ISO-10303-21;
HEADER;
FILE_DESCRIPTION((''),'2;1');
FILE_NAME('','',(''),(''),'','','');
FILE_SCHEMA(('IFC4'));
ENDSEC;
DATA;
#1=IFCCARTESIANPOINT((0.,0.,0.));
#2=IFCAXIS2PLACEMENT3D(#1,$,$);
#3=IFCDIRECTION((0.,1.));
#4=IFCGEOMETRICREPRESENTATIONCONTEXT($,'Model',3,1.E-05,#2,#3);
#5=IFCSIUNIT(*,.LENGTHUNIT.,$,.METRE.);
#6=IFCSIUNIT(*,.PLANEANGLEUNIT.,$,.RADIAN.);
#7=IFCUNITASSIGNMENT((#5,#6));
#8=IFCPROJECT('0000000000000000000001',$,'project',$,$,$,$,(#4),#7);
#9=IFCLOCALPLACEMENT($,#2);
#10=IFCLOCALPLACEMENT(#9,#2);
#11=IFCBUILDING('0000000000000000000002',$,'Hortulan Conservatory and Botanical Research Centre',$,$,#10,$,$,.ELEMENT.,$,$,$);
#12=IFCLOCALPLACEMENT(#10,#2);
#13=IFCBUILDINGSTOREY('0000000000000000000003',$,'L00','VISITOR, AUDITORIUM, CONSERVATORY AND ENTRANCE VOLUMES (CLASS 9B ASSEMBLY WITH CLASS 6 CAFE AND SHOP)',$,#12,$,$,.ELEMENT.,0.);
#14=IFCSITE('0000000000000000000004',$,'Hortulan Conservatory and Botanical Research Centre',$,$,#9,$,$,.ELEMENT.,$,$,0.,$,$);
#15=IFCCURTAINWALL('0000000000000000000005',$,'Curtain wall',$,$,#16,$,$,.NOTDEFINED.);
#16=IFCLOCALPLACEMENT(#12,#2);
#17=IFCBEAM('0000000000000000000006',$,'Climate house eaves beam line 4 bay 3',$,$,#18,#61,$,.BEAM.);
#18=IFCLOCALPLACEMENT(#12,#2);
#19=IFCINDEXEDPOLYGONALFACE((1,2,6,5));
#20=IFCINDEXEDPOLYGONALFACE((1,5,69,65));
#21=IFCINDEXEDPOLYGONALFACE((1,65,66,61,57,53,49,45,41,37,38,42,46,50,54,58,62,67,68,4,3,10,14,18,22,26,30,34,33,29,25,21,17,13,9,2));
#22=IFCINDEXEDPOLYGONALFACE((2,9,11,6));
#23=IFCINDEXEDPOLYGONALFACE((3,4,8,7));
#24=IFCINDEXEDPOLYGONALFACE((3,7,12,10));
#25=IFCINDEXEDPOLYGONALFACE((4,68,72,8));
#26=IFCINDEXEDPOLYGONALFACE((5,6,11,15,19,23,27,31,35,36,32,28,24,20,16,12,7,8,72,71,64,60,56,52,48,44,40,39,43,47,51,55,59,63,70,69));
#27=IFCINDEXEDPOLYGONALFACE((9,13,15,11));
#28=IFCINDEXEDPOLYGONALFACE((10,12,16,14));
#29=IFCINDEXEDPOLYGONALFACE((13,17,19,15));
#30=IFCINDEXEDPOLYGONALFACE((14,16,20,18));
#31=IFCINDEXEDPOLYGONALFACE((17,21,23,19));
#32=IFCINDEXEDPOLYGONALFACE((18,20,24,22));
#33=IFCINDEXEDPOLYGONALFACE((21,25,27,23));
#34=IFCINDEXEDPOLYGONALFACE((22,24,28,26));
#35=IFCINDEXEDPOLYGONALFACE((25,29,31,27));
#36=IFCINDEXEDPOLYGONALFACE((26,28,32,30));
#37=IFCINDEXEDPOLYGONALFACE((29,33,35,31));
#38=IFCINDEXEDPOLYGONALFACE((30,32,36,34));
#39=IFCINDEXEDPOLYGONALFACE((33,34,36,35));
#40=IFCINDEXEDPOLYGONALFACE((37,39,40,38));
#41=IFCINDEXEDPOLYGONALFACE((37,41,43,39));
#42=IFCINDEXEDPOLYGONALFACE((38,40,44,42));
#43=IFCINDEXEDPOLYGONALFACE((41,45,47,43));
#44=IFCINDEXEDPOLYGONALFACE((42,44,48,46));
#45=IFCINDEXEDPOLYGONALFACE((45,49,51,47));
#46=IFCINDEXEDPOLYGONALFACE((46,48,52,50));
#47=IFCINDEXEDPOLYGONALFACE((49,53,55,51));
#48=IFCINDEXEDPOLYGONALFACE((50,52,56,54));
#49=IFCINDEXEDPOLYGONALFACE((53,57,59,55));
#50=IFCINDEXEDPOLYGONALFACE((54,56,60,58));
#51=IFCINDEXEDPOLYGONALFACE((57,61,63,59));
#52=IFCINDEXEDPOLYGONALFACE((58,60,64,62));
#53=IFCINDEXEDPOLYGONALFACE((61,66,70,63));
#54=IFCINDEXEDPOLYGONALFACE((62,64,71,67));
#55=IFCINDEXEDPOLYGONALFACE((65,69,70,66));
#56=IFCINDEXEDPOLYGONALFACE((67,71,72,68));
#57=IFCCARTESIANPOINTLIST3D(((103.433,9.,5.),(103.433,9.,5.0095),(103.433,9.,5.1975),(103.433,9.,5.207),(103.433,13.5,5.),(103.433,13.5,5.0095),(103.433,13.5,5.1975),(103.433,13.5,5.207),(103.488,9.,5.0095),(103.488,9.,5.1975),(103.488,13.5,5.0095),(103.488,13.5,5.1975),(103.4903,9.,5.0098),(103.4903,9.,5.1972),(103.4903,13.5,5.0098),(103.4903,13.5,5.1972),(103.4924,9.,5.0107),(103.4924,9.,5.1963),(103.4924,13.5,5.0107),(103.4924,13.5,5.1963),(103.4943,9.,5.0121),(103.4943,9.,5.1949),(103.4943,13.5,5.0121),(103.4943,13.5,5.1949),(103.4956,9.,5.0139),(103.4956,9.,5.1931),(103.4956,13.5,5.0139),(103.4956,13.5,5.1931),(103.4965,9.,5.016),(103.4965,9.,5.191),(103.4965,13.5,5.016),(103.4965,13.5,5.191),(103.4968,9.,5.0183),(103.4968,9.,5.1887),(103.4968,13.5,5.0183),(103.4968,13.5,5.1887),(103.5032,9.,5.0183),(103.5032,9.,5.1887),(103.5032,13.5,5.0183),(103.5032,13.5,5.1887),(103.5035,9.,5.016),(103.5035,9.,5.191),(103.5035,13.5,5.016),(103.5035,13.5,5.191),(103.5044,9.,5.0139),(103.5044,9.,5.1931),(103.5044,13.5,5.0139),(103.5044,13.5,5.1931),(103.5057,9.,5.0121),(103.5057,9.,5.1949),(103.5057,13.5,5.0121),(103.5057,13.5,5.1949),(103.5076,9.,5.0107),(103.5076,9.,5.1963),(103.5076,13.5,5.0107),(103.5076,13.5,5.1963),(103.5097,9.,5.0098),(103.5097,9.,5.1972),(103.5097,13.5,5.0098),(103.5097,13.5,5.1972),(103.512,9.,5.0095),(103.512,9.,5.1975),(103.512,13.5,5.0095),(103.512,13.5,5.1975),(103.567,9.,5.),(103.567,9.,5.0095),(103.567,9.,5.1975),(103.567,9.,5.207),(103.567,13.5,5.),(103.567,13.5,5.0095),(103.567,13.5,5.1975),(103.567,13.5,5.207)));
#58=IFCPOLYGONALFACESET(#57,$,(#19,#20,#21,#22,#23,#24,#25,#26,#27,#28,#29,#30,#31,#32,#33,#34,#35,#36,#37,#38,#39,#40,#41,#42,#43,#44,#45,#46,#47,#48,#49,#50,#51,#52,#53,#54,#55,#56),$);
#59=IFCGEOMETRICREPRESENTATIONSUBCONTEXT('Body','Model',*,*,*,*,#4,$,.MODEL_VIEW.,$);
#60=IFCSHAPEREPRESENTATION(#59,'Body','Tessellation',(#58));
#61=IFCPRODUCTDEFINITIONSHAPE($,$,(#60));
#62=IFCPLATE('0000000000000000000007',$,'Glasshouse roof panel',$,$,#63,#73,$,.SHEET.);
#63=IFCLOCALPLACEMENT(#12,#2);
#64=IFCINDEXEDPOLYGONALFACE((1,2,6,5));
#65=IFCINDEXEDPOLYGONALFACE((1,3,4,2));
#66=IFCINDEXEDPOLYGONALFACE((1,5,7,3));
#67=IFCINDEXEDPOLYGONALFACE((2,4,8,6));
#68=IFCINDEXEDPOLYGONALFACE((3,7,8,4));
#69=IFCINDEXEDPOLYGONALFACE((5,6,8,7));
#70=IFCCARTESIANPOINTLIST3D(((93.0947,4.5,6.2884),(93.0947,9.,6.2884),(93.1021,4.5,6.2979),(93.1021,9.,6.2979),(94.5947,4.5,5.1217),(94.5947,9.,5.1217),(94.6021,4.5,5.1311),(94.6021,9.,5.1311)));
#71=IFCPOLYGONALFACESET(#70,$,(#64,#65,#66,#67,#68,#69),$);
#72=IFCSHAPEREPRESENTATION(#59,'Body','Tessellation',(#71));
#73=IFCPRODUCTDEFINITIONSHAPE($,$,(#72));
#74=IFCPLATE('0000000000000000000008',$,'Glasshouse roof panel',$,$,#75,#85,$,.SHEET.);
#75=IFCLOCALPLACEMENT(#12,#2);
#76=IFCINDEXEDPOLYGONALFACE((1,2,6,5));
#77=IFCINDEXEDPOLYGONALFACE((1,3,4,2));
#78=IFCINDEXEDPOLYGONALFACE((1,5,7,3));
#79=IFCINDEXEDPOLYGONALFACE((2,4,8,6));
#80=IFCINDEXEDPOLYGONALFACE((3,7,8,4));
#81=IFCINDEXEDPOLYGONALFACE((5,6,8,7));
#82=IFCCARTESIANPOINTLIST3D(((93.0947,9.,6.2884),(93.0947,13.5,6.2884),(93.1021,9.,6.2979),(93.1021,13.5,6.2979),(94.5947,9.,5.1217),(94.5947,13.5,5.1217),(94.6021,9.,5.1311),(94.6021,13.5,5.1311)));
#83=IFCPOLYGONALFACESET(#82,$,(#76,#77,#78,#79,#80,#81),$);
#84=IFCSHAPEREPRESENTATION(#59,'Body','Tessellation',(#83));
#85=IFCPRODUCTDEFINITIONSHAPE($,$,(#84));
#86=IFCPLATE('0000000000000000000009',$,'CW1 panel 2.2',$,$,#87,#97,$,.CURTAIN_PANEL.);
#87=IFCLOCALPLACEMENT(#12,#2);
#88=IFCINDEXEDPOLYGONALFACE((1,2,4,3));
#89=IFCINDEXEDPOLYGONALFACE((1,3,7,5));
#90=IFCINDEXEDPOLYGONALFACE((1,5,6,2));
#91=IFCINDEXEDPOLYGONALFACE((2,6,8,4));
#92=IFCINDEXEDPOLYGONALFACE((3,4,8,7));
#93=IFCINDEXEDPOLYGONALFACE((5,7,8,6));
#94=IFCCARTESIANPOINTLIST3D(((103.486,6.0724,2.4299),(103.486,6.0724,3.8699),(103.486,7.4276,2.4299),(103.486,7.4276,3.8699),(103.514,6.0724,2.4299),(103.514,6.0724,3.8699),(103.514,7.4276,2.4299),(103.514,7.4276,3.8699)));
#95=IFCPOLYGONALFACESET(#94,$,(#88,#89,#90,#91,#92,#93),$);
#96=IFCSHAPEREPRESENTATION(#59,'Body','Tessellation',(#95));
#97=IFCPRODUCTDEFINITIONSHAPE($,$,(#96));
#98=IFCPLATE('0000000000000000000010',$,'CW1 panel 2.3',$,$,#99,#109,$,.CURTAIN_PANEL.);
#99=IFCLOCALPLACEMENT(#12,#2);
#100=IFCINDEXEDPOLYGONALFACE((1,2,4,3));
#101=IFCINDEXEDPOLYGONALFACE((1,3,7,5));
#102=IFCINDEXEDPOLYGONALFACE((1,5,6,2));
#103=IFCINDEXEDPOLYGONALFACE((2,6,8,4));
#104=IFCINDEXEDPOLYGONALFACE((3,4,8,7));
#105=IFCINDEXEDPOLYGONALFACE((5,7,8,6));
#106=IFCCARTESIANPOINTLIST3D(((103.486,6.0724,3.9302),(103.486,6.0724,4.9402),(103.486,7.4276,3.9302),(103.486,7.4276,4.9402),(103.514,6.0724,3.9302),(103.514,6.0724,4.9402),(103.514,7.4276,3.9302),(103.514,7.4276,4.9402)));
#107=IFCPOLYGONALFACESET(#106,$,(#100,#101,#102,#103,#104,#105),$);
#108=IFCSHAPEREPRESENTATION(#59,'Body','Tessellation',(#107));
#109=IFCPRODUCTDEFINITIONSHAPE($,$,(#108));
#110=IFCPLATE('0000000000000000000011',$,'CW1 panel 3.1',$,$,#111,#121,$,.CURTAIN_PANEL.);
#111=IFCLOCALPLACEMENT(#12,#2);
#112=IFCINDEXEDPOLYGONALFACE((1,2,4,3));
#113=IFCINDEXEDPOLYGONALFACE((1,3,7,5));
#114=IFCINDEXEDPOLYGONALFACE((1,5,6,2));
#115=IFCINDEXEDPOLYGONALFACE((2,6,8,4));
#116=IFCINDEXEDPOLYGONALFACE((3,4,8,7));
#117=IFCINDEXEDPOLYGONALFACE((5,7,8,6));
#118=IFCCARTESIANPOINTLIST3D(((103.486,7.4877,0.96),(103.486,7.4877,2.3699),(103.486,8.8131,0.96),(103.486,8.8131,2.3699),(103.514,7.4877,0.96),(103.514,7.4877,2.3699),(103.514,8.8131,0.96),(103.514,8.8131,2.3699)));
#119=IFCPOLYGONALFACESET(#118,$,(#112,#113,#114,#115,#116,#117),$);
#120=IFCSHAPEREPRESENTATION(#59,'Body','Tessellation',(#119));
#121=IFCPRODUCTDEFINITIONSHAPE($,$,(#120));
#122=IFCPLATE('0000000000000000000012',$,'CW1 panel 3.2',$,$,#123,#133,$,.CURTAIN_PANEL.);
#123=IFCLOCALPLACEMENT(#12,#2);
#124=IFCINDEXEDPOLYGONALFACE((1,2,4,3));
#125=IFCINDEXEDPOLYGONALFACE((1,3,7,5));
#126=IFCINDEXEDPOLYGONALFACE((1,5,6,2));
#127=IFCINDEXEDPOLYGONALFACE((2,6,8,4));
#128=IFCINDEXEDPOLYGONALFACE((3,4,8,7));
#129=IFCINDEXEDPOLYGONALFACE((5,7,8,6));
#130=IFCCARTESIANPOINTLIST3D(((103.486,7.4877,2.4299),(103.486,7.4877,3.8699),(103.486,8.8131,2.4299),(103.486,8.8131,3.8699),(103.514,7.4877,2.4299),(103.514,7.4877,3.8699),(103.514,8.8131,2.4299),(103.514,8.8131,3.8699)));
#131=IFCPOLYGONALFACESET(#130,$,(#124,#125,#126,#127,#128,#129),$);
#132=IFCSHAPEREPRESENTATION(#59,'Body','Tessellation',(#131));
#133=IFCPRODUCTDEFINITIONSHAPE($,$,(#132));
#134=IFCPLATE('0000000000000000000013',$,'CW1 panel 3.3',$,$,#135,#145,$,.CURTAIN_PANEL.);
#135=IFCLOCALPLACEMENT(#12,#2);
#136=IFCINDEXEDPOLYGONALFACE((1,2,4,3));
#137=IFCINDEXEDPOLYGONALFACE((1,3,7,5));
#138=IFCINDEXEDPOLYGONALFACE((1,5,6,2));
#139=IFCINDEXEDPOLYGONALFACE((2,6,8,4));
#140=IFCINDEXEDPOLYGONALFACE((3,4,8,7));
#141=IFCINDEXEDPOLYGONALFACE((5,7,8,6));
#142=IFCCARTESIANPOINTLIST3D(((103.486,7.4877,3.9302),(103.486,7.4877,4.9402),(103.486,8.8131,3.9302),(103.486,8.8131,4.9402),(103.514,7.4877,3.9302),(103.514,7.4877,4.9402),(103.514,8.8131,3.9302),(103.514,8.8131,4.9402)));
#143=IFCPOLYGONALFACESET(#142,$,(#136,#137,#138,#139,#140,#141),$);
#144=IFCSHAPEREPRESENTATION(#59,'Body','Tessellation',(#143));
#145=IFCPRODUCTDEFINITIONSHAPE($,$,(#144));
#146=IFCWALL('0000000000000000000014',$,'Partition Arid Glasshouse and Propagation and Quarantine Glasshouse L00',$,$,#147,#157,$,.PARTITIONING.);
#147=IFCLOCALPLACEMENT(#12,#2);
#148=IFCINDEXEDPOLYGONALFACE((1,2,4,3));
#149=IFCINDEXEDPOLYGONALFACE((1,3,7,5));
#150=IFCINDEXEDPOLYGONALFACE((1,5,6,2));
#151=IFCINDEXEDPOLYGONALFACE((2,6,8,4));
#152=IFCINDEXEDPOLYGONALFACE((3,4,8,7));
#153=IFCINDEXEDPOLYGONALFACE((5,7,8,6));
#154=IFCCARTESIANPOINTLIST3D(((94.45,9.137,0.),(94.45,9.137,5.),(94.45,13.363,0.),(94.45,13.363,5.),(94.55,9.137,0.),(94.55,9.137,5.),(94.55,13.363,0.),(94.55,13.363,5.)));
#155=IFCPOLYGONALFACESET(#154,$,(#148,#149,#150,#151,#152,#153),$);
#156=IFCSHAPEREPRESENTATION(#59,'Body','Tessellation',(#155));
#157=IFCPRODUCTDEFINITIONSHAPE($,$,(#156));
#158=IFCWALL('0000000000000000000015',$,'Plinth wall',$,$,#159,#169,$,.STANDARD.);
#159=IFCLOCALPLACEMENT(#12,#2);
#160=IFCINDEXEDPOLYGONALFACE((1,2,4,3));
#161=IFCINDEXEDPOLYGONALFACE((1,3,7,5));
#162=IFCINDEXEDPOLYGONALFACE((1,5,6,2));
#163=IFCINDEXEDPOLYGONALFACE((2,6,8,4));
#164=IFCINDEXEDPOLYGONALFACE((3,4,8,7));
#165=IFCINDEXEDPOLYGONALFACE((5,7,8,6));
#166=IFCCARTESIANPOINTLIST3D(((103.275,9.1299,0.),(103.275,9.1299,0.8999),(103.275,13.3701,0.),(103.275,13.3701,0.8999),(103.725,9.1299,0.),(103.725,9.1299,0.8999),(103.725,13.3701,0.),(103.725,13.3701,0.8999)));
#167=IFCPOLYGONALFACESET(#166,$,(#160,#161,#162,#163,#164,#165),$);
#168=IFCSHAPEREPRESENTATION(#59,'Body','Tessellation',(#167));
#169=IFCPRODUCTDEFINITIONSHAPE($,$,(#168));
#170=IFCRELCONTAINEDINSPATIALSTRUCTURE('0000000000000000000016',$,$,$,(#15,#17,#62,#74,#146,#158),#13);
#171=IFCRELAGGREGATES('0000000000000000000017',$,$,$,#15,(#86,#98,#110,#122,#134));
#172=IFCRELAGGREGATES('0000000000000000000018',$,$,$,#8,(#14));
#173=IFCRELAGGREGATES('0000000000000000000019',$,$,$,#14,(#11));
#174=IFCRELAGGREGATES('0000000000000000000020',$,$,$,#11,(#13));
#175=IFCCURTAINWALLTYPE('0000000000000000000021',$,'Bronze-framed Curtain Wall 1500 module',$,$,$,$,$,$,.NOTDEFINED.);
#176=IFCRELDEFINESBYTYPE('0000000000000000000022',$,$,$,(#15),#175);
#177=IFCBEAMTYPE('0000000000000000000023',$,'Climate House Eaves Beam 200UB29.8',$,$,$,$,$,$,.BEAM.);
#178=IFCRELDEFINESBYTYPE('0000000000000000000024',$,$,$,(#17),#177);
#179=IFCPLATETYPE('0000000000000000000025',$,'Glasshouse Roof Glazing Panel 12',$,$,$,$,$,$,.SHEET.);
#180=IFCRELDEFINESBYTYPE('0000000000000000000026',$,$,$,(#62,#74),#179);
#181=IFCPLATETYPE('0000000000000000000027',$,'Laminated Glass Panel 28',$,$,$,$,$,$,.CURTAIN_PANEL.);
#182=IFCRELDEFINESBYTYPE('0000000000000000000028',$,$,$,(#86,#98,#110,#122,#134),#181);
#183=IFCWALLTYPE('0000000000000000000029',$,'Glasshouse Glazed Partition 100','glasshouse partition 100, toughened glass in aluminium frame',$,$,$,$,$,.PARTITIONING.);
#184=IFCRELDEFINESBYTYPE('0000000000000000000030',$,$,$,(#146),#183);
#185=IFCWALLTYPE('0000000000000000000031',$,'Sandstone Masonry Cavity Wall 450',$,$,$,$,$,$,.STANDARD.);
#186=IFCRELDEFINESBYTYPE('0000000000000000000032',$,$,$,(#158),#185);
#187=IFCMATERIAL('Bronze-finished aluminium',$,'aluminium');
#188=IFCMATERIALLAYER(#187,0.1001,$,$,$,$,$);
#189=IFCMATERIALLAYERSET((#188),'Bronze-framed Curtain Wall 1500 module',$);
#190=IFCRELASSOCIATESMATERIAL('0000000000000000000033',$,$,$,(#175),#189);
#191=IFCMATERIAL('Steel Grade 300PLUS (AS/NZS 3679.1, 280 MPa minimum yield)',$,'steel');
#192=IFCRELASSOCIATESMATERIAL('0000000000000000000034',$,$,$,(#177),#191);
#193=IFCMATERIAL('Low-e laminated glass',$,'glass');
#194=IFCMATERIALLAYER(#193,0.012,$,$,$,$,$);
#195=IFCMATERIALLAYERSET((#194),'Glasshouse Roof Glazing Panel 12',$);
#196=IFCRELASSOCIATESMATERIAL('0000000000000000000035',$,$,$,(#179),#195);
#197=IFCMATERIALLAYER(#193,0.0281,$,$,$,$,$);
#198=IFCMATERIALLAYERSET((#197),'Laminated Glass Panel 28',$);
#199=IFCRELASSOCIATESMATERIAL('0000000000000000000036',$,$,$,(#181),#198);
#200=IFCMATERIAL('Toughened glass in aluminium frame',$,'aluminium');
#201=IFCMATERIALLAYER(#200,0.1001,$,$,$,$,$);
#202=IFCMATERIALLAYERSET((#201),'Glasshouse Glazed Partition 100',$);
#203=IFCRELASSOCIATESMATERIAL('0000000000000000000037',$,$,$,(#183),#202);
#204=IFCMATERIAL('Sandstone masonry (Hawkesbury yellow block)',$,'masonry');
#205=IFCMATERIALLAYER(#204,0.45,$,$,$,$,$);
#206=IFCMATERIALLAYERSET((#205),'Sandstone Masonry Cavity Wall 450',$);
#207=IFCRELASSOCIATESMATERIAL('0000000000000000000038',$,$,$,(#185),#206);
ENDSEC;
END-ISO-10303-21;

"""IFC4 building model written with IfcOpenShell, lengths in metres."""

from ifc_helpers import new_model, si_unit, direction, frame, frame_2d, origin, origin_2d, place, context, subcontext, project, spatial, polyline, rectangle, i_section, outline, extrude, material, layer, layer_set, material_profile, profile_set, type_object, element, aggregate, save


model = new_model("IFC4")

# Units and contexts
model_context = context("Model", 3, precision=1e-05, world=origin(), true_north=direction((0.0, 1.0)))
body_context = subcontext(model_context, "Body", "Model", "MODEL_VIEW")
ifc_project = project(units=[si_unit("LENGTHUNIT", "METRE"), si_unit("PLANEANGLEUNIT", "RADIAN")], contexts=[model_context])

# Site, building, storey
site_placement = place(None, origin())
site = spatial("IfcSite", under=ifc_project, at=site_placement, Name="Hortulan Conservatory and Botanical Research Centre", CompositionType="ELEMENT", RefElevation=0.0)
building_placement = place(site_placement, origin())
building = spatial("IfcBuilding", under=site, at=building_placement, Name="Hortulan Conservatory and Botanical Research Centre", CompositionType="ELEMENT")
storey_placement = place(building_placement, origin())
storey = spatial("IfcBuildingStorey", under=building, at=storey_placement, Name="L00", Description="VISITOR, AUDITORIUM, CONSERVATORY AND ENTRANCE VOLUMES (CLASS 9B ASSEMBLY WITH CLASS 6 CAFE AND SHOP)", CompositionType="ELEMENT", Elevation=0.0)

# Shared definitions
ifc_material_1 = material(Name="Steel Grade 300PLUS (AS/NZS 3679.1, 280 MPa minimum yield)", Category="steel")

# Curtain wall
ifc_material_2 = material(Name="Bronze-finished aluminium", Category="aluminium")
ifc_layer_1 = layer(ifc_material_2, 0.1001)
ifc_layer_set_1 = layer_set([ifc_layer_1], Name="Bronze-framed Curtain Wall 1500 module")
curtain_wall_type = type_object("IfcCurtainWallType", Name="Bronze-framed Curtain Wall 1500 module", PredefinedType="NOTDEFINED", material=ifc_layer_set_1)
curtain_wall_1_placement = place(storey_placement, origin())
curtain_wall_1 = element("IfcCurtainWall", 1, at=curtain_wall_1_placement, inside=storey, type_object=curtain_wall_type, Name="Curtain wall", PredefinedType="NOTDEFINED")

# Beam
ifc_material_profile_1 = material_profile(ifc_material_1, i_section(OverallWidth=0.134, OverallDepth=0.207, WebThickness=0.0063, FlangeThickness=0.0095, FilletRadius=0.0088, at=origin_2d()), Name="200UB29.8")
ifc_profile_set_1 = profile_set([ifc_material_profile_1], Name="Steel Grade 300PLUS (AS/NZS 3679.1, 280 MPa minimum yield)")
beam_type = type_object("IfcBeamType", Name="Climate House Eaves Beam 200UB29.8", PredefinedType="BEAM", material=ifc_profile_set_1)
for number, where, z_axis, x_axis, name in (
    (2, (103.5, 9.0, 5.1035), (0.0, 1.0, 0.0), (-1.0, 0.0, 0.0), "Climate house eaves beam line 4 bay 3"),
):
    element("IfcBeam", number, at=place(storey_placement, frame(where, z_axis=z_axis, x_axis=x_axis)), inside=storey, type_object=beam_type, Name=name, PredefinedType="BEAM", context=body_context, shape_type="SweptSolid", body=[
        extrude(i_section(OverallWidth=0.134, OverallDepth=0.207, WebThickness=0.0063, FlangeThickness=0.0095, FilletRadius=0.0088, at=origin_2d()), origin(), (0.0, 0.0, 1.0), 4.5),
    ])

# Plates
ifc_material_3 = material(Name="Low-e laminated glass", Category="glass")
ifc_layer_2 = layer(ifc_material_3, 0.012)
ifc_layer_set_2 = layer_set([ifc_layer_2], Name="Glasshouse Roof Glazing Panel 12")
plate_type_1 = type_object("IfcPlateType", Name="Glasshouse Roof Glazing Panel 12", PredefinedType="SHEET", material=ifc_layer_set_2)
for number, where, z_axis, x_axis, name in (
    (3, (94.6021, 9.0, 5.1311), (0.613967, 0.0, 0.789331), (-0.789331, 0.0, 0.613967), "Glasshouse roof panel"),
    (4, (94.6021, 13.5, 5.1311), (0.613967, 0.0, 0.789331), (-0.789331, 0.0, 0.613967), "Glasshouse roof panel"),
):
    element("IfcPlate", number, at=place(storey_placement, frame(where, z_axis=z_axis, x_axis=x_axis)), inside=storey, type_object=plate_type_1, Name=name, PredefinedType="SHEET", context=body_context, shape_type="SweptSolid", body=[
        extrude(outline(polyline([(0.0, 0.0), (1.9003, 0.0), (1.9003, 4.5), (0.0, 4.5), (0.0, 0.0)])), origin(), (0.0, 0.0, -1.0), 0.012),
    ])

# Plates
ifc_layer_3 = layer(ifc_material_3, 0.0281)
ifc_layer_set_3 = layer_set([ifc_layer_3], Name="Laminated Glass Panel 28")
plate_type_2 = type_object("IfcPlateType", Name="Laminated Glass Panel 28", PredefinedType="CURTAIN_PANEL", material=ifc_layer_set_3)
plate_1_placement = place(storey_placement, frame((103.5, 6.75, 2.4299), z_axis=(0.0, 0.0, 1.0), x_axis=(0.0, 1.0, 0.0)))
plate_1 = element("IfcPlate", 5, at=plate_1_placement, type_object=plate_type_2, Name="CW1 panel 2.2", PredefinedType="CURTAIN_PANEL", context=body_context, shape_type="SweptSolid", body=[
    extrude(rectangle(XDim=1.3552, YDim=0.0281, at=origin_2d()), origin(), (0.0, 0.0, 1.0), 1.4399),
])
plate_2_placement = place(storey_placement, frame((103.5, 6.75, 3.9302), z_axis=(0.0, 0.0, 1.0), x_axis=(0.0, 1.0, 0.0)))
plate_2 = element("IfcPlate", 6, at=plate_2_placement, type_object=plate_type_2, Name="CW1 panel 2.3", PredefinedType="CURTAIN_PANEL", context=body_context, shape_type="SweptSolid", body=[
    extrude(rectangle(XDim=1.3552, YDim=0.0281, at=origin_2d()), origin(), (0.0, 0.0, 1.0), 1.01),
])
plate_3_placement = place(storey_placement, frame((103.5, 8.1504, 0.96), z_axis=(0.0, 0.0, 1.0), x_axis=(0.0, 1.0, 0.0)))
plate_3 = element("IfcPlate", 7, at=plate_3_placement, type_object=plate_type_2, Name="CW1 panel 3.1", PredefinedType="CURTAIN_PANEL", context=body_context, shape_type="SweptSolid", body=[
    extrude(rectangle(XDim=1.3254, YDim=0.0281, at=origin_2d()), origin(), (0.0, 0.0, 1.0), 1.4099),
])
plate_4_placement = place(storey_placement, frame((103.5, 8.1504, 2.4299), z_axis=(0.0, 0.0, 1.0), x_axis=(0.0, 1.0, 0.0)))
plate_4 = element("IfcPlate", 8, at=plate_4_placement, type_object=plate_type_2, Name="CW1 panel 3.2", PredefinedType="CURTAIN_PANEL", context=body_context, shape_type="SweptSolid", body=[
    extrude(rectangle(XDim=1.3254, YDim=0.0281, at=origin_2d()), origin(), (0.0, 0.0, 1.0), 1.4399),
])
plate_5_placement = place(storey_placement, frame((103.5, 8.1504, 3.9302), z_axis=(0.0, 0.0, 1.0), x_axis=(0.0, 1.0, 0.0)))
plate_5 = element("IfcPlate", 9, at=plate_5_placement, type_object=plate_type_2, Name="CW1 panel 3.3", PredefinedType="CURTAIN_PANEL", context=body_context, shape_type="SweptSolid", body=[
    extrude(rectangle(XDim=1.3254, YDim=0.0281, at=origin_2d()), origin(), (0.0, 0.0, 1.0), 1.01),
])
aggregate(curtain_wall_1, [plate_1, plate_2, plate_3, plate_4, plate_5])

# Walls
ifc_material_4 = material(Name="Toughened glass in aluminium frame", Category="aluminium")
ifc_layer_4 = layer(ifc_material_4, 0.1001)
ifc_layer_set_4 = layer_set([ifc_layer_4], Name="Glasshouse Glazed Partition 100")
wall_type_1 = type_object("IfcWallType", Name="Glasshouse Glazed Partition 100", Description="glasshouse partition 100, toughened glass in aluminium frame", PredefinedType="PARTITIONING", material=ifc_layer_set_4)
wall_1_placement = place(storey_placement, frame((94.5, 9.137, 0.0), z_axis=(0.0, 0.0, 1.0), x_axis=(0.0, 1.0, 0.0)))
element("IfcWall", 10, at=wall_1_placement, inside=storey, type_object=wall_type_1, Name="Partition Arid Glasshouse and Propagation and Quarantine Glasshouse L00", PredefinedType="PARTITIONING", context=body_context, shape_type="SweptSolid", body=[
    extrude(rectangle(XDim=4.2261, YDim=0.1001, at=frame_2d((2.113, 0.0))), origin(), (0.0, 0.0, 1.0), 5.0),
])
ifc_material_5 = material(Name="Sandstone masonry (Hawkesbury yellow block)", Category="masonry")
ifc_layer_5 = layer(ifc_material_5, 0.45)
ifc_layer_set_5 = layer_set([ifc_layer_5], Name="Sandstone Masonry Cavity Wall 450")
wall_type_2 = type_object("IfcWallType", Name="Sandstone Masonry Cavity Wall 450", PredefinedType="STANDARD", material=ifc_layer_set_5)
wall_2_placement = place(storey_placement, frame((103.5, 9.1299, 0.0), z_axis=(0.0, 0.0, 1.0), x_axis=(0.0, 1.0, 0.0)))
element("IfcWall", 11, at=wall_2_placement, inside=storey, type_object=wall_type_2, Name="Plinth wall", PredefinedType="STANDARD", context=body_context, shape_type="SweptSolid", body=[
    extrude(rectangle(XDim=4.2402, YDim=0.45, at=frame_2d((2.1201, 0.0))), origin(), (0.0, 0.0, 1.0), 0.8999),
])

save(model, "model.ifc")
